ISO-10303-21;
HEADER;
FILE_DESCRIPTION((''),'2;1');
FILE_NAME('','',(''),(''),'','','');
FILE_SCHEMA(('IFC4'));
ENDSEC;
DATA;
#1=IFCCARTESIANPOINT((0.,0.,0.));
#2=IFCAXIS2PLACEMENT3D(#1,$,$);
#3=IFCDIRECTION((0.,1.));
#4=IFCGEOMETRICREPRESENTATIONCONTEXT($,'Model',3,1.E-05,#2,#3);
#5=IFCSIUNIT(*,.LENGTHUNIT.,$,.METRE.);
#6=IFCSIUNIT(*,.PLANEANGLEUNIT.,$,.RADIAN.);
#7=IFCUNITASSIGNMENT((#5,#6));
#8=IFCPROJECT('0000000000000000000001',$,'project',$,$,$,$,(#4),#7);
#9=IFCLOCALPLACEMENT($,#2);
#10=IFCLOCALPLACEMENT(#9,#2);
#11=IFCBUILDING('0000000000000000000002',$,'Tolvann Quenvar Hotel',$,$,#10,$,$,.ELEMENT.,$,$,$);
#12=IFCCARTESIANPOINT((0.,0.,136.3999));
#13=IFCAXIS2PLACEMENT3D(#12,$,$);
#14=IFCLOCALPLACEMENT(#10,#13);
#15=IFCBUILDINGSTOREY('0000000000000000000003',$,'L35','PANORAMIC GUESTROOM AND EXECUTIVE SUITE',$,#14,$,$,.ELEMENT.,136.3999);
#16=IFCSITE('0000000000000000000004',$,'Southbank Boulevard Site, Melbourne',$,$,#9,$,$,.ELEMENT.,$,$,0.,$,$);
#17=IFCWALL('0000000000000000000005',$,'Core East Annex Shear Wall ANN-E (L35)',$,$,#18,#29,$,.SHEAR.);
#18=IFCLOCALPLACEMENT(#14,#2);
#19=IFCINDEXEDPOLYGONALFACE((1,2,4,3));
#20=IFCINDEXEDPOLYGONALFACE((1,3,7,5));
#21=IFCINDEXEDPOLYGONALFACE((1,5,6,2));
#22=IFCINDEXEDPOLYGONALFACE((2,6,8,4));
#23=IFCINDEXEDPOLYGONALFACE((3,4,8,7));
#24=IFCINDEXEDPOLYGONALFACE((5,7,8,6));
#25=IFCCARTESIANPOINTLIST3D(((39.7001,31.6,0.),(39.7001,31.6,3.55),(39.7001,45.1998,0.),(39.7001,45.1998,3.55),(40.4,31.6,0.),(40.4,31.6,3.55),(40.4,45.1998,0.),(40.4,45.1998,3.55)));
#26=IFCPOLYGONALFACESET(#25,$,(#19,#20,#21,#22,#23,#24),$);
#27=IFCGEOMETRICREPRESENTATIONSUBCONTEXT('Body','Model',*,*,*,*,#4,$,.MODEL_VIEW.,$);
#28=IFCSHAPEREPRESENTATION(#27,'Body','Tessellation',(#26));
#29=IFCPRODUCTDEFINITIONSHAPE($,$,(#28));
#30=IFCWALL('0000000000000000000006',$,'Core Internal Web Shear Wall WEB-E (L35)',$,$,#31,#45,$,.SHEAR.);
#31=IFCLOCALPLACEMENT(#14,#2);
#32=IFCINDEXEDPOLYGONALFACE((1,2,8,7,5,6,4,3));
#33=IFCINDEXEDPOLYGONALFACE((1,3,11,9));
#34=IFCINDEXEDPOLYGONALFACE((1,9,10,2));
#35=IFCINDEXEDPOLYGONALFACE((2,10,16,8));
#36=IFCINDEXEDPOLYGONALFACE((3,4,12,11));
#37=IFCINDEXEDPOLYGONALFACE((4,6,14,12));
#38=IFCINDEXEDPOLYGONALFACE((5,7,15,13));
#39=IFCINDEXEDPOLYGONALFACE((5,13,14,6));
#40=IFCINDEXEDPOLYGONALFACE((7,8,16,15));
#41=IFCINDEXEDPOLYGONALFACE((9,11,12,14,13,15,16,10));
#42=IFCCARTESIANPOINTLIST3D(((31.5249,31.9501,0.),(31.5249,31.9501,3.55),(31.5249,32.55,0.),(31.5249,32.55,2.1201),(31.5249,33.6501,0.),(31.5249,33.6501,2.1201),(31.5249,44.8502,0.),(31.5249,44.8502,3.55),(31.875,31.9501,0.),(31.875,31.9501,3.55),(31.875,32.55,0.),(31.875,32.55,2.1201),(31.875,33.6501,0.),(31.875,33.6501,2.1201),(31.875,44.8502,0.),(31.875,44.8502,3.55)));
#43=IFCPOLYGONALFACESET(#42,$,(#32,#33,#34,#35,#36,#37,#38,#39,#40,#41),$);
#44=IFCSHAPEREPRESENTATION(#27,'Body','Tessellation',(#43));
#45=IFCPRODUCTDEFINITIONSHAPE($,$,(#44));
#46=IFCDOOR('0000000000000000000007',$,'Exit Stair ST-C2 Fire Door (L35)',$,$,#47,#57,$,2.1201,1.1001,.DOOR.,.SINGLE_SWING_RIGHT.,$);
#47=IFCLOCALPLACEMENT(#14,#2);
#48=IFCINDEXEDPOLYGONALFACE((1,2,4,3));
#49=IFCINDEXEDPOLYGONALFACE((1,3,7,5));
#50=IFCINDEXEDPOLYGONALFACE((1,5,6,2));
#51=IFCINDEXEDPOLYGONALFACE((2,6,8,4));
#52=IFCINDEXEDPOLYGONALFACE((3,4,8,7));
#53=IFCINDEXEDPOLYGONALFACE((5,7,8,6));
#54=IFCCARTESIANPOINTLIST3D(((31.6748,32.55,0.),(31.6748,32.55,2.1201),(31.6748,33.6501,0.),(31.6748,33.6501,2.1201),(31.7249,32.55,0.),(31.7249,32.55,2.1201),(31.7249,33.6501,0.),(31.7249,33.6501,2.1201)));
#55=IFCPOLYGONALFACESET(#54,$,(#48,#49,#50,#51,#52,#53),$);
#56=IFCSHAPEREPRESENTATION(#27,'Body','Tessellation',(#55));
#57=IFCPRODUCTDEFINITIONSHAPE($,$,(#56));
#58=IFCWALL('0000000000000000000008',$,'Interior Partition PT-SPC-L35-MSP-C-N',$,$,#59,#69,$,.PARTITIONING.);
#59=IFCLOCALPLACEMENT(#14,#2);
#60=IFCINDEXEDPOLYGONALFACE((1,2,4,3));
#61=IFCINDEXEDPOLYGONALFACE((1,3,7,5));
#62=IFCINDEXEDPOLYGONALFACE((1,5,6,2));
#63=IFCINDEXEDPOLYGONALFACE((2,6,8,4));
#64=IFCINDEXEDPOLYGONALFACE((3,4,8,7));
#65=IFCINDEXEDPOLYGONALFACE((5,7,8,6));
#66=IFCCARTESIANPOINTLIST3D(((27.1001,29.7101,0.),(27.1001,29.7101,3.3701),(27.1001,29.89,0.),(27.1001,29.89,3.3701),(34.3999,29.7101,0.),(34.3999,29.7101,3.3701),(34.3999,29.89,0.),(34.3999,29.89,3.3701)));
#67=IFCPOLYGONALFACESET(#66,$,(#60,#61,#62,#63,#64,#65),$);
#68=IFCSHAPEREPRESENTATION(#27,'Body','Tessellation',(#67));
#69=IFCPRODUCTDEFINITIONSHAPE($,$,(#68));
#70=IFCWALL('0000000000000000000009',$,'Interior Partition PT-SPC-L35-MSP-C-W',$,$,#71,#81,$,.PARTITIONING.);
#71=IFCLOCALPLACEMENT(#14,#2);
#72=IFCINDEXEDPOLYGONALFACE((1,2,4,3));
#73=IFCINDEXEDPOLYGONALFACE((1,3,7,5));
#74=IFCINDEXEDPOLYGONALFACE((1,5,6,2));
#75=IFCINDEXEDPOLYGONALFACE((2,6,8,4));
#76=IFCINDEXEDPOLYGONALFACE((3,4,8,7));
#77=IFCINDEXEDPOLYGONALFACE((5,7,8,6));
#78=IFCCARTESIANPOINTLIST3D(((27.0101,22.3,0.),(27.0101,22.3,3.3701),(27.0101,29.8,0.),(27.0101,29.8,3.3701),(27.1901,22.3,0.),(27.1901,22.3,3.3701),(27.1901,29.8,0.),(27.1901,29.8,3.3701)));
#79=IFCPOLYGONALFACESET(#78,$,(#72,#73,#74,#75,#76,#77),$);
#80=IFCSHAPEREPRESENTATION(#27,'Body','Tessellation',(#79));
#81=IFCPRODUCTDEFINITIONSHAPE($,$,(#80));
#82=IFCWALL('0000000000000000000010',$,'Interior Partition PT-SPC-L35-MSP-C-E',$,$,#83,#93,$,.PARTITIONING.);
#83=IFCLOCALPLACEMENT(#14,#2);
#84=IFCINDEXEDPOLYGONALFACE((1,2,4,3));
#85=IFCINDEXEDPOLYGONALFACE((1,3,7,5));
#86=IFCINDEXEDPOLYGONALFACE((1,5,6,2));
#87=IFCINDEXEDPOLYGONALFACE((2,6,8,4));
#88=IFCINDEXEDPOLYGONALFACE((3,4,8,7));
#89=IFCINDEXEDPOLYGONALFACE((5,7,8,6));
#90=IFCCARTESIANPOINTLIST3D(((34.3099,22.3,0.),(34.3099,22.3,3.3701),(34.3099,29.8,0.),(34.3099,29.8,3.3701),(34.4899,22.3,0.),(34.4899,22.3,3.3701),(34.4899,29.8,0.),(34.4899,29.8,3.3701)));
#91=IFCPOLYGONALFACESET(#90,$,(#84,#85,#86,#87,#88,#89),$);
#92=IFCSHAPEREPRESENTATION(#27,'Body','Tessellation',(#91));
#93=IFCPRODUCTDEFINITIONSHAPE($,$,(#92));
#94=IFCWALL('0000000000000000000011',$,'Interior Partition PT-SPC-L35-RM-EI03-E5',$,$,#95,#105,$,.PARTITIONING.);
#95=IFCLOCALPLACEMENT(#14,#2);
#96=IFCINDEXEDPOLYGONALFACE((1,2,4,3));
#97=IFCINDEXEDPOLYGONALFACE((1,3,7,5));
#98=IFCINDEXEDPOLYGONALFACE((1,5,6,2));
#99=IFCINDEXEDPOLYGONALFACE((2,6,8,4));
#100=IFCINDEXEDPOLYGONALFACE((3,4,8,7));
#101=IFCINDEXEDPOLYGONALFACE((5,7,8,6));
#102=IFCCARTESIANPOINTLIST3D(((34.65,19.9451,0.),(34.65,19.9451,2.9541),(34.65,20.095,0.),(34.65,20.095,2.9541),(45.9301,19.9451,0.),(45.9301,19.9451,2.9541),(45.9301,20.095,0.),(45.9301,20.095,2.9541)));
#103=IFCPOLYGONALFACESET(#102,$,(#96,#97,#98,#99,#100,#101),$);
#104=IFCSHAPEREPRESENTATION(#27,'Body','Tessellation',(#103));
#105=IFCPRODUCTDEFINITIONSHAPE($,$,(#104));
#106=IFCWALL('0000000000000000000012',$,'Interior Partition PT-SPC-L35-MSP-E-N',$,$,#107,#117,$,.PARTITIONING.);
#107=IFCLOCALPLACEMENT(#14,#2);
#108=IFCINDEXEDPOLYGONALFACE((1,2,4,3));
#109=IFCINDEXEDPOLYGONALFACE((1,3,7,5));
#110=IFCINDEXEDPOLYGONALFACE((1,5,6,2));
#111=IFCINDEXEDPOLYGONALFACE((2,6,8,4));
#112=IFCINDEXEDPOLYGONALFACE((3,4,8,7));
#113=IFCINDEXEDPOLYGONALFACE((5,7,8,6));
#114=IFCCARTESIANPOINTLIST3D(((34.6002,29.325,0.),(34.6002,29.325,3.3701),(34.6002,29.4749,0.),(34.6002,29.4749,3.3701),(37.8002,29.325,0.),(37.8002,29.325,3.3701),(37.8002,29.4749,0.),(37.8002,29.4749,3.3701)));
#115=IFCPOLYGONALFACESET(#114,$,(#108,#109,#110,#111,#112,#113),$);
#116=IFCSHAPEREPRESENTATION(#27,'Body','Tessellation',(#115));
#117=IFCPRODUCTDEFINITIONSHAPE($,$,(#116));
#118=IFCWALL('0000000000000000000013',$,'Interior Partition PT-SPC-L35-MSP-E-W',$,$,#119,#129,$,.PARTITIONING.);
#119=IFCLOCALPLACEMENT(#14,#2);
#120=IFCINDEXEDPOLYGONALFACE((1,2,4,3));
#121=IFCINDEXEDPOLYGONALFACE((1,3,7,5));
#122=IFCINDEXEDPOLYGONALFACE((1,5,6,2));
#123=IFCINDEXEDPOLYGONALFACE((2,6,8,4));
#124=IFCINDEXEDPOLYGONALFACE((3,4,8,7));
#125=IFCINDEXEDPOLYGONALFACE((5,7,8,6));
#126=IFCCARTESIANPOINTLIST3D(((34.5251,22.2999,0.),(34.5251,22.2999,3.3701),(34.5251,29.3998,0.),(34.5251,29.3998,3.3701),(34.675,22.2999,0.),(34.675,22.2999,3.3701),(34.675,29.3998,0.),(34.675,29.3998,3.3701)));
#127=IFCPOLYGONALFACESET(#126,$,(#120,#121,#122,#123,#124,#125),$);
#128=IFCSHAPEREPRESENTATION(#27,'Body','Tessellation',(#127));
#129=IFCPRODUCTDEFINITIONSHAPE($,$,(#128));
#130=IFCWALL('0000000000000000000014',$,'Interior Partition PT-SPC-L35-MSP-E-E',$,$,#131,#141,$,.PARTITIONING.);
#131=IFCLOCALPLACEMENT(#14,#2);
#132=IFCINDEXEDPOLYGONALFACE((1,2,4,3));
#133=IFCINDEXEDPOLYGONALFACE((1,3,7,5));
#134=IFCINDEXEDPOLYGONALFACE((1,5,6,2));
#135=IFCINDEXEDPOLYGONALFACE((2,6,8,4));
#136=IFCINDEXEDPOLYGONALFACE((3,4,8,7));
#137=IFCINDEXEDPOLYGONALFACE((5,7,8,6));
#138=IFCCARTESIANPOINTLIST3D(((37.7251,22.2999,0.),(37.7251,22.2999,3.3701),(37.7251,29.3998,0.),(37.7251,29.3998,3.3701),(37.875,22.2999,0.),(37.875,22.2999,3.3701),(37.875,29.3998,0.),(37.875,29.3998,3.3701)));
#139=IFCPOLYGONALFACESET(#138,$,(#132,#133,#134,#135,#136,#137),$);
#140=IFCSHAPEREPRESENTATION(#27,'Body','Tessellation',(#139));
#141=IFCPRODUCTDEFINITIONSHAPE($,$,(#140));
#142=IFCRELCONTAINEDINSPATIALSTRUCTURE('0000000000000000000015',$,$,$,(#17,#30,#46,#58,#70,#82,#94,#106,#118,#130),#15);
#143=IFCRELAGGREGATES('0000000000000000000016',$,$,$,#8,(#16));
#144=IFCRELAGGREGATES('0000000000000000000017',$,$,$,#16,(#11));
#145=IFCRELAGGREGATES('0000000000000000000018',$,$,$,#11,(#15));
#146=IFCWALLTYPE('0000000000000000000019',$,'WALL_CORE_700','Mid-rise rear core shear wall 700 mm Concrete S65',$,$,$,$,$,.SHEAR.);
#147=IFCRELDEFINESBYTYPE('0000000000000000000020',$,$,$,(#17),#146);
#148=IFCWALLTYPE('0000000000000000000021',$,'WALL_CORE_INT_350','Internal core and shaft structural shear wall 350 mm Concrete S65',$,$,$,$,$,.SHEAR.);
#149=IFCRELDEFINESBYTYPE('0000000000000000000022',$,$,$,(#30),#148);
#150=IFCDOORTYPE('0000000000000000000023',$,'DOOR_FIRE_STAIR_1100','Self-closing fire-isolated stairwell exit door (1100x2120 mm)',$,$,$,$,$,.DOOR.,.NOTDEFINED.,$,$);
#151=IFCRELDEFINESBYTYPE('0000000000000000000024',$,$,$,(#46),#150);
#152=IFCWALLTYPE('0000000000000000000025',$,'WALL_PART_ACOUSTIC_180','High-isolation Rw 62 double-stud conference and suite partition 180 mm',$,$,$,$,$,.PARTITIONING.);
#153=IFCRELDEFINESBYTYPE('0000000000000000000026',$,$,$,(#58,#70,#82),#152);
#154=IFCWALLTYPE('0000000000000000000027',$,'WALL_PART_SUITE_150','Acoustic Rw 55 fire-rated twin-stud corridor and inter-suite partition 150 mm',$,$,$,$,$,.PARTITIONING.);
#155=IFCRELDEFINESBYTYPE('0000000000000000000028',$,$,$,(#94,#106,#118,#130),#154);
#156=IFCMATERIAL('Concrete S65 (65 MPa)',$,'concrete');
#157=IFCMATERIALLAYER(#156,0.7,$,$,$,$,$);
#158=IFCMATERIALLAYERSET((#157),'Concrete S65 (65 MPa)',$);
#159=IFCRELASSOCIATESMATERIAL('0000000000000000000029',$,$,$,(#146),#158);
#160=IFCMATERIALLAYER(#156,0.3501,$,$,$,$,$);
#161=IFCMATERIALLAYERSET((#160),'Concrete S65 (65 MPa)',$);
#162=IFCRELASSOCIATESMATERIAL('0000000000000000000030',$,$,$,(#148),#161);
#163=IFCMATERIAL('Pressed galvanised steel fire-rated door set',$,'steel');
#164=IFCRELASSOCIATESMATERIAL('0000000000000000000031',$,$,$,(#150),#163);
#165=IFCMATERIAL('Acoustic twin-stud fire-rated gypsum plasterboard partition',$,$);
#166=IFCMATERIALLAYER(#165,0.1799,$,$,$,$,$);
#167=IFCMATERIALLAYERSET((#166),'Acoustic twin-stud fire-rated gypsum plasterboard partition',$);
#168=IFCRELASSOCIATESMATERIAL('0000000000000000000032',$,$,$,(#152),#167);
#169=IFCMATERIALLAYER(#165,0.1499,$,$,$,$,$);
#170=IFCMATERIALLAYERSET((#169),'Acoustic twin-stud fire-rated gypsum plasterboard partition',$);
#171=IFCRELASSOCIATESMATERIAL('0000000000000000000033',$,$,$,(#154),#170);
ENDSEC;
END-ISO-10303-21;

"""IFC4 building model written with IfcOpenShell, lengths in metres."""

from ifc_helpers import new_model, si_unit, direction, frame, frame_2d, origin, place, context, subcontext, project, spatial, rectangle, extrude, source, transform, mapped, material, layer, layer_set, type_object, type_shapes, element, fill, save


model = new_model("IFC4")

# Units and contexts
model_context = context("Model", 3, precision=1e-05, world=origin(), true_north=direction((0.0, 1.0)))
body_context = subcontext(model_context, "Body", "Model", "MODEL_VIEW")
ifc_project = project(units=[si_unit("LENGTHUNIT", "METRE"), si_unit("PLANEANGLEUNIT", "RADIAN")], contexts=[model_context])

# Site, building, storey
site_placement = place(None, origin())
site = spatial("IfcSite", under=ifc_project, at=site_placement, Name="Southbank Boulevard Site, Melbourne", CompositionType="ELEMENT", RefElevation=0.0)
building_placement = place(site_placement, origin())
building = spatial("IfcBuilding", under=site, at=building_placement, Name="Tolvann Quenvar Hotel", CompositionType="ELEMENT")
storey_placement = place(building_placement, frame((0.0, 0.0, 136.3999)))
storey = spatial("IfcBuildingStorey", under=building, at=storey_placement, Name="L35", Description="PANORAMIC GUESTROOM AND EXECUTIVE SUITE", CompositionType="ELEMENT", Elevation=136.3999)

# Shared definitions
ifc_material_1 = material(Name="Concrete S65 (65 MPa)", Category="concrete")

# Shared definitions
ifc_layer_1 = layer(ifc_material_1, 0.7)
ifc_layer_set_1 = layer_set([ifc_layer_1], Name="Concrete S65 (65 MPa)")
wall_type_1 = type_object("IfcWallType", Name="WALL_CORE_700", Description="Mid-rise rear core shear wall 700 mm Concrete S65", PredefinedType="SHEAR", material=ifc_layer_set_1)

# Shared definitions
ifc_material_2 = material(Name="Pressed galvanised steel fire-rated door set", Category="steel")

# Wall
wall_1_placement = place(storey_placement, frame((40.05, 31.6001, 0.0), z_axis=(0.0, 0.0, 1.0), x_axis=(0.0, 1.0, 0.0)))
element("IfcWall", 1, at=wall_1_placement, inside=storey, type_object=wall_type_1, Name="Core East Annex Shear Wall ANN-E (L35)", PredefinedType="SHEAR", context=body_context, shape_type="SweptSolid", body=[
    extrude(rectangle(XDim=13.5999, YDim=0.7, at=frame_2d((6.7998, 0.0))), origin(), (0.0, 0.0, 1.0), 3.55),
])

# Wall, opening, door
ifc_layer_2 = layer(ifc_material_1, 0.3501)
ifc_layer_set_2 = layer_set([ifc_layer_2], Name="Concrete S65 (65 MPa)")
wall_type_2 = type_object("IfcWallType", Name="WALL_CORE_INT_350", Description="Internal core and shaft structural shear wall 350 mm Concrete S65", PredefinedType="SHEAR", material=ifc_layer_set_2)
wall_2_placement = place(storey_placement, frame((31.7, 31.95, 0.0), z_axis=(0.0, 0.0, 1.0), x_axis=(0.0, 1.0, 0.0)))
wall_2 = element("IfcWall", 2, at=wall_2_placement, inside=storey, type_object=wall_type_2, Name="Core Internal Web Shear Wall WEB-E (L35)", PredefinedType="SHEAR", context=body_context, shape_type="SweptSolid", body=[
    extrude(rectangle(XDim=12.9001, YDim=0.3501, at=frame_2d((6.4502, 0.0))), origin(), (0.0, 0.0, 1.0), 3.55),
])
opening_1_placement = place(wall_2_placement, frame((1.7002, 0.0, 0.0), z_axis=(0.0, 0.0, 1.0), x_axis=(-1.0, 0.0, 0.0)))
opening_1 = element("IfcOpeningElement", 3, at=opening_1_placement, cuts=wall_2, PredefinedType="OPENING", context=body_context, shape_type="SweptSolid", body=[
    extrude(rectangle(XDim=1.1001, YDim=2.1201, at=frame_2d((0.55, 1.0601))), frame((0.0, 0.1851, 0.0), z_axis=(0.0, -1.0, 0.0), x_axis=(1.0, 0.0, 0.0)), (0.0, 0.0, 1.0), 0.3701),
])
door_type_1 = type_object("IfcDoorType", Name="DOOR_FIRE_STAIR_1100", Description="Self-closing fire-isolated stairwell exit door (1100x2120 mm)", OperationType="NOTDEFINED", PredefinedType="DOOR", material=ifc_material_2)
shared_shape_1 = source(origin(), body_context, "Body", "SweptSolid", [
    extrude(rectangle(XDim=1.1001, YDim=2.1201, at=frame_2d((0.55, 1.0601))), frame((0.0, 0.0249, 0.0), z_axis=(0.0, -1.0, 0.0), x_axis=(1.0, 0.0, 0.0)), (0.0, 0.0, 1.0), 0.05),
])
type_shapes(door_type_1, [shared_shape_1])
door_1_placement = place(opening_1_placement, origin())
door_1 = element("IfcDoor", 4, at=door_1_placement, inside=storey, type_object=door_type_1, Name="Exit Stair ST-C2 Fire Door (L35)", OperationType="SINGLE_SWING_RIGHT", OverallHeight=2.1201, OverallWidth=1.1001, PredefinedType="DOOR", context=body_context, shape_type="MappedRepresentation", body=[
    mapped(shared_shape_1, transform((0.0, 0.0, 0.0), x_axis=(1.0, 0.0, 0.0), y_axis=(0.0, 1.0, 0.0), z_axis=(0.0, 0.0, 1.0), scale=1.0)),
])
fill(opening_1, door_1)
ifc_material_3 = material(Name="Acoustic twin-stud fire-rated gypsum plasterboard partition")
ifc_layer_3 = layer(ifc_material_3, 0.1799)
ifc_layer_set_3 = layer_set([ifc_layer_3], Name="Acoustic twin-stud fire-rated gypsum plasterboard partition")
wall_type_3 = type_object("IfcWallType", Name="WALL_PART_ACOUSTIC_180", Description="High-isolation Rw 62 double-stud conference and suite partition 180 mm", PredefinedType="PARTITIONING", material=ifc_layer_set_3)

# Walls
wall_3_placement = place(storey_placement, frame((27.1001, 29.8, 0.0), z_axis=(0.0, 0.0, 1.0), x_axis=(1.0, 0.0, 0.0)))
element("IfcWall", 5, at=wall_3_placement, inside=storey, type_object=wall_type_3, Name="Interior Partition PT-SPC-L35-MSP-C-N", PredefinedType="PARTITIONING", context=body_context, shape_type="SweptSolid", body=[
    extrude(rectangle(XDim=7.2998, YDim=0.1799, at=frame_2d((3.6499, 0.0))), origin(), (0.0, 0.0, 1.0), 3.3701),
])
for number, where, z_axis, x_axis, name in (
    (6, (27.1001, 22.3, 0.0), (0.0, 0.0, 1.0), (0.0, 1.0, 0.0), "Interior Partition PT-SPC-L35-MSP-C-W"),
    (7, (34.3999, 22.3, 0.0), (0.0, 0.0, 1.0), (0.0, 1.0, 0.0), "Interior Partition PT-SPC-L35-MSP-C-E"),
):
    element("IfcWall", number, at=place(storey_placement, frame(where, z_axis=z_axis, x_axis=x_axis)), inside=storey, type_object=wall_type_3, Name=name, PredefinedType="PARTITIONING", context=body_context, shape_type="SweptSolid", body=[
        extrude(rectangle(XDim=7.5, YDim=0.1799, at=frame_2d((3.75, 0.0))), origin(), (0.0, 0.0, 1.0), 3.3701),
    ])
ifc_layer_4 = layer(ifc_material_3, 0.1499)
ifc_layer_set_4 = layer_set([ifc_layer_4], Name="Acoustic twin-stud fire-rated gypsum plasterboard partition")
wall_type_4 = type_object("IfcWallType", Name="WALL_PART_SUITE_150", Description="Acoustic Rw 55 fire-rated twin-stud corridor and inter-suite partition 150 mm", PredefinedType="PARTITIONING", material=ifc_layer_set_4)
wall_4_placement = place(storey_placement, frame((34.6499, 20.02, 0.0), z_axis=(0.0, 0.0, 1.0), x_axis=(1.0, 0.0, 0.0)))
element("IfcWall", 8, at=wall_4_placement, inside=storey, type_object=wall_type_4, Name="Interior Partition PT-SPC-L35-RM-EI03-E5", PredefinedType="PARTITIONING", context=body_context, shape_type="SweptSolid", body=[
    extrude(rectangle(XDim=11.28, YDim=0.1499, at=frame_2d((5.6401, 0.0))), origin(), (0.0, 0.0, 1.0), 2.9541),
])

# Walls
wall_5_placement = place(storey_placement, frame((34.6001, 29.3999, 0.0), z_axis=(0.0, 0.0, 1.0), x_axis=(1.0, 0.0, 0.0)))
element("IfcWall", 9, at=wall_5_placement, inside=storey, type_object=wall_type_4, Name="Interior Partition PT-SPC-L35-MSP-E-N", PredefinedType="PARTITIONING", context=body_context, shape_type="SweptSolid", body=[
    extrude(rectangle(XDim=3.2, YDim=0.1499, at=frame_2d((1.6001, 0.0))), origin(), (0.0, 0.0, 1.0), 3.3701),
])
for number, where, z_axis, x_axis, name in (
    (10, (34.6001, 22.3, 0.0), (0.0, 0.0, 1.0), (0.0, 1.0, 0.0), "Interior Partition PT-SPC-L35-MSP-E-W"),
    (11, (37.8, 22.3, 0.0), (0.0, 0.0, 1.0), (0.0, 1.0, 0.0), "Interior Partition PT-SPC-L35-MSP-E-E"),
):
    element("IfcWall", number, at=place(storey_placement, frame(where, z_axis=z_axis, x_axis=x_axis)), inside=storey, type_object=wall_type_4, Name=name, PredefinedType="PARTITIONING", context=body_context, shape_type="SweptSolid", body=[
        extrude(rectangle(XDim=7.0999, YDim=0.1499, at=frame_2d((3.5498, 0.0))), origin(), (0.0, 0.0, 1.0), 3.3701),
    ])

save(model, "model.ifc")
